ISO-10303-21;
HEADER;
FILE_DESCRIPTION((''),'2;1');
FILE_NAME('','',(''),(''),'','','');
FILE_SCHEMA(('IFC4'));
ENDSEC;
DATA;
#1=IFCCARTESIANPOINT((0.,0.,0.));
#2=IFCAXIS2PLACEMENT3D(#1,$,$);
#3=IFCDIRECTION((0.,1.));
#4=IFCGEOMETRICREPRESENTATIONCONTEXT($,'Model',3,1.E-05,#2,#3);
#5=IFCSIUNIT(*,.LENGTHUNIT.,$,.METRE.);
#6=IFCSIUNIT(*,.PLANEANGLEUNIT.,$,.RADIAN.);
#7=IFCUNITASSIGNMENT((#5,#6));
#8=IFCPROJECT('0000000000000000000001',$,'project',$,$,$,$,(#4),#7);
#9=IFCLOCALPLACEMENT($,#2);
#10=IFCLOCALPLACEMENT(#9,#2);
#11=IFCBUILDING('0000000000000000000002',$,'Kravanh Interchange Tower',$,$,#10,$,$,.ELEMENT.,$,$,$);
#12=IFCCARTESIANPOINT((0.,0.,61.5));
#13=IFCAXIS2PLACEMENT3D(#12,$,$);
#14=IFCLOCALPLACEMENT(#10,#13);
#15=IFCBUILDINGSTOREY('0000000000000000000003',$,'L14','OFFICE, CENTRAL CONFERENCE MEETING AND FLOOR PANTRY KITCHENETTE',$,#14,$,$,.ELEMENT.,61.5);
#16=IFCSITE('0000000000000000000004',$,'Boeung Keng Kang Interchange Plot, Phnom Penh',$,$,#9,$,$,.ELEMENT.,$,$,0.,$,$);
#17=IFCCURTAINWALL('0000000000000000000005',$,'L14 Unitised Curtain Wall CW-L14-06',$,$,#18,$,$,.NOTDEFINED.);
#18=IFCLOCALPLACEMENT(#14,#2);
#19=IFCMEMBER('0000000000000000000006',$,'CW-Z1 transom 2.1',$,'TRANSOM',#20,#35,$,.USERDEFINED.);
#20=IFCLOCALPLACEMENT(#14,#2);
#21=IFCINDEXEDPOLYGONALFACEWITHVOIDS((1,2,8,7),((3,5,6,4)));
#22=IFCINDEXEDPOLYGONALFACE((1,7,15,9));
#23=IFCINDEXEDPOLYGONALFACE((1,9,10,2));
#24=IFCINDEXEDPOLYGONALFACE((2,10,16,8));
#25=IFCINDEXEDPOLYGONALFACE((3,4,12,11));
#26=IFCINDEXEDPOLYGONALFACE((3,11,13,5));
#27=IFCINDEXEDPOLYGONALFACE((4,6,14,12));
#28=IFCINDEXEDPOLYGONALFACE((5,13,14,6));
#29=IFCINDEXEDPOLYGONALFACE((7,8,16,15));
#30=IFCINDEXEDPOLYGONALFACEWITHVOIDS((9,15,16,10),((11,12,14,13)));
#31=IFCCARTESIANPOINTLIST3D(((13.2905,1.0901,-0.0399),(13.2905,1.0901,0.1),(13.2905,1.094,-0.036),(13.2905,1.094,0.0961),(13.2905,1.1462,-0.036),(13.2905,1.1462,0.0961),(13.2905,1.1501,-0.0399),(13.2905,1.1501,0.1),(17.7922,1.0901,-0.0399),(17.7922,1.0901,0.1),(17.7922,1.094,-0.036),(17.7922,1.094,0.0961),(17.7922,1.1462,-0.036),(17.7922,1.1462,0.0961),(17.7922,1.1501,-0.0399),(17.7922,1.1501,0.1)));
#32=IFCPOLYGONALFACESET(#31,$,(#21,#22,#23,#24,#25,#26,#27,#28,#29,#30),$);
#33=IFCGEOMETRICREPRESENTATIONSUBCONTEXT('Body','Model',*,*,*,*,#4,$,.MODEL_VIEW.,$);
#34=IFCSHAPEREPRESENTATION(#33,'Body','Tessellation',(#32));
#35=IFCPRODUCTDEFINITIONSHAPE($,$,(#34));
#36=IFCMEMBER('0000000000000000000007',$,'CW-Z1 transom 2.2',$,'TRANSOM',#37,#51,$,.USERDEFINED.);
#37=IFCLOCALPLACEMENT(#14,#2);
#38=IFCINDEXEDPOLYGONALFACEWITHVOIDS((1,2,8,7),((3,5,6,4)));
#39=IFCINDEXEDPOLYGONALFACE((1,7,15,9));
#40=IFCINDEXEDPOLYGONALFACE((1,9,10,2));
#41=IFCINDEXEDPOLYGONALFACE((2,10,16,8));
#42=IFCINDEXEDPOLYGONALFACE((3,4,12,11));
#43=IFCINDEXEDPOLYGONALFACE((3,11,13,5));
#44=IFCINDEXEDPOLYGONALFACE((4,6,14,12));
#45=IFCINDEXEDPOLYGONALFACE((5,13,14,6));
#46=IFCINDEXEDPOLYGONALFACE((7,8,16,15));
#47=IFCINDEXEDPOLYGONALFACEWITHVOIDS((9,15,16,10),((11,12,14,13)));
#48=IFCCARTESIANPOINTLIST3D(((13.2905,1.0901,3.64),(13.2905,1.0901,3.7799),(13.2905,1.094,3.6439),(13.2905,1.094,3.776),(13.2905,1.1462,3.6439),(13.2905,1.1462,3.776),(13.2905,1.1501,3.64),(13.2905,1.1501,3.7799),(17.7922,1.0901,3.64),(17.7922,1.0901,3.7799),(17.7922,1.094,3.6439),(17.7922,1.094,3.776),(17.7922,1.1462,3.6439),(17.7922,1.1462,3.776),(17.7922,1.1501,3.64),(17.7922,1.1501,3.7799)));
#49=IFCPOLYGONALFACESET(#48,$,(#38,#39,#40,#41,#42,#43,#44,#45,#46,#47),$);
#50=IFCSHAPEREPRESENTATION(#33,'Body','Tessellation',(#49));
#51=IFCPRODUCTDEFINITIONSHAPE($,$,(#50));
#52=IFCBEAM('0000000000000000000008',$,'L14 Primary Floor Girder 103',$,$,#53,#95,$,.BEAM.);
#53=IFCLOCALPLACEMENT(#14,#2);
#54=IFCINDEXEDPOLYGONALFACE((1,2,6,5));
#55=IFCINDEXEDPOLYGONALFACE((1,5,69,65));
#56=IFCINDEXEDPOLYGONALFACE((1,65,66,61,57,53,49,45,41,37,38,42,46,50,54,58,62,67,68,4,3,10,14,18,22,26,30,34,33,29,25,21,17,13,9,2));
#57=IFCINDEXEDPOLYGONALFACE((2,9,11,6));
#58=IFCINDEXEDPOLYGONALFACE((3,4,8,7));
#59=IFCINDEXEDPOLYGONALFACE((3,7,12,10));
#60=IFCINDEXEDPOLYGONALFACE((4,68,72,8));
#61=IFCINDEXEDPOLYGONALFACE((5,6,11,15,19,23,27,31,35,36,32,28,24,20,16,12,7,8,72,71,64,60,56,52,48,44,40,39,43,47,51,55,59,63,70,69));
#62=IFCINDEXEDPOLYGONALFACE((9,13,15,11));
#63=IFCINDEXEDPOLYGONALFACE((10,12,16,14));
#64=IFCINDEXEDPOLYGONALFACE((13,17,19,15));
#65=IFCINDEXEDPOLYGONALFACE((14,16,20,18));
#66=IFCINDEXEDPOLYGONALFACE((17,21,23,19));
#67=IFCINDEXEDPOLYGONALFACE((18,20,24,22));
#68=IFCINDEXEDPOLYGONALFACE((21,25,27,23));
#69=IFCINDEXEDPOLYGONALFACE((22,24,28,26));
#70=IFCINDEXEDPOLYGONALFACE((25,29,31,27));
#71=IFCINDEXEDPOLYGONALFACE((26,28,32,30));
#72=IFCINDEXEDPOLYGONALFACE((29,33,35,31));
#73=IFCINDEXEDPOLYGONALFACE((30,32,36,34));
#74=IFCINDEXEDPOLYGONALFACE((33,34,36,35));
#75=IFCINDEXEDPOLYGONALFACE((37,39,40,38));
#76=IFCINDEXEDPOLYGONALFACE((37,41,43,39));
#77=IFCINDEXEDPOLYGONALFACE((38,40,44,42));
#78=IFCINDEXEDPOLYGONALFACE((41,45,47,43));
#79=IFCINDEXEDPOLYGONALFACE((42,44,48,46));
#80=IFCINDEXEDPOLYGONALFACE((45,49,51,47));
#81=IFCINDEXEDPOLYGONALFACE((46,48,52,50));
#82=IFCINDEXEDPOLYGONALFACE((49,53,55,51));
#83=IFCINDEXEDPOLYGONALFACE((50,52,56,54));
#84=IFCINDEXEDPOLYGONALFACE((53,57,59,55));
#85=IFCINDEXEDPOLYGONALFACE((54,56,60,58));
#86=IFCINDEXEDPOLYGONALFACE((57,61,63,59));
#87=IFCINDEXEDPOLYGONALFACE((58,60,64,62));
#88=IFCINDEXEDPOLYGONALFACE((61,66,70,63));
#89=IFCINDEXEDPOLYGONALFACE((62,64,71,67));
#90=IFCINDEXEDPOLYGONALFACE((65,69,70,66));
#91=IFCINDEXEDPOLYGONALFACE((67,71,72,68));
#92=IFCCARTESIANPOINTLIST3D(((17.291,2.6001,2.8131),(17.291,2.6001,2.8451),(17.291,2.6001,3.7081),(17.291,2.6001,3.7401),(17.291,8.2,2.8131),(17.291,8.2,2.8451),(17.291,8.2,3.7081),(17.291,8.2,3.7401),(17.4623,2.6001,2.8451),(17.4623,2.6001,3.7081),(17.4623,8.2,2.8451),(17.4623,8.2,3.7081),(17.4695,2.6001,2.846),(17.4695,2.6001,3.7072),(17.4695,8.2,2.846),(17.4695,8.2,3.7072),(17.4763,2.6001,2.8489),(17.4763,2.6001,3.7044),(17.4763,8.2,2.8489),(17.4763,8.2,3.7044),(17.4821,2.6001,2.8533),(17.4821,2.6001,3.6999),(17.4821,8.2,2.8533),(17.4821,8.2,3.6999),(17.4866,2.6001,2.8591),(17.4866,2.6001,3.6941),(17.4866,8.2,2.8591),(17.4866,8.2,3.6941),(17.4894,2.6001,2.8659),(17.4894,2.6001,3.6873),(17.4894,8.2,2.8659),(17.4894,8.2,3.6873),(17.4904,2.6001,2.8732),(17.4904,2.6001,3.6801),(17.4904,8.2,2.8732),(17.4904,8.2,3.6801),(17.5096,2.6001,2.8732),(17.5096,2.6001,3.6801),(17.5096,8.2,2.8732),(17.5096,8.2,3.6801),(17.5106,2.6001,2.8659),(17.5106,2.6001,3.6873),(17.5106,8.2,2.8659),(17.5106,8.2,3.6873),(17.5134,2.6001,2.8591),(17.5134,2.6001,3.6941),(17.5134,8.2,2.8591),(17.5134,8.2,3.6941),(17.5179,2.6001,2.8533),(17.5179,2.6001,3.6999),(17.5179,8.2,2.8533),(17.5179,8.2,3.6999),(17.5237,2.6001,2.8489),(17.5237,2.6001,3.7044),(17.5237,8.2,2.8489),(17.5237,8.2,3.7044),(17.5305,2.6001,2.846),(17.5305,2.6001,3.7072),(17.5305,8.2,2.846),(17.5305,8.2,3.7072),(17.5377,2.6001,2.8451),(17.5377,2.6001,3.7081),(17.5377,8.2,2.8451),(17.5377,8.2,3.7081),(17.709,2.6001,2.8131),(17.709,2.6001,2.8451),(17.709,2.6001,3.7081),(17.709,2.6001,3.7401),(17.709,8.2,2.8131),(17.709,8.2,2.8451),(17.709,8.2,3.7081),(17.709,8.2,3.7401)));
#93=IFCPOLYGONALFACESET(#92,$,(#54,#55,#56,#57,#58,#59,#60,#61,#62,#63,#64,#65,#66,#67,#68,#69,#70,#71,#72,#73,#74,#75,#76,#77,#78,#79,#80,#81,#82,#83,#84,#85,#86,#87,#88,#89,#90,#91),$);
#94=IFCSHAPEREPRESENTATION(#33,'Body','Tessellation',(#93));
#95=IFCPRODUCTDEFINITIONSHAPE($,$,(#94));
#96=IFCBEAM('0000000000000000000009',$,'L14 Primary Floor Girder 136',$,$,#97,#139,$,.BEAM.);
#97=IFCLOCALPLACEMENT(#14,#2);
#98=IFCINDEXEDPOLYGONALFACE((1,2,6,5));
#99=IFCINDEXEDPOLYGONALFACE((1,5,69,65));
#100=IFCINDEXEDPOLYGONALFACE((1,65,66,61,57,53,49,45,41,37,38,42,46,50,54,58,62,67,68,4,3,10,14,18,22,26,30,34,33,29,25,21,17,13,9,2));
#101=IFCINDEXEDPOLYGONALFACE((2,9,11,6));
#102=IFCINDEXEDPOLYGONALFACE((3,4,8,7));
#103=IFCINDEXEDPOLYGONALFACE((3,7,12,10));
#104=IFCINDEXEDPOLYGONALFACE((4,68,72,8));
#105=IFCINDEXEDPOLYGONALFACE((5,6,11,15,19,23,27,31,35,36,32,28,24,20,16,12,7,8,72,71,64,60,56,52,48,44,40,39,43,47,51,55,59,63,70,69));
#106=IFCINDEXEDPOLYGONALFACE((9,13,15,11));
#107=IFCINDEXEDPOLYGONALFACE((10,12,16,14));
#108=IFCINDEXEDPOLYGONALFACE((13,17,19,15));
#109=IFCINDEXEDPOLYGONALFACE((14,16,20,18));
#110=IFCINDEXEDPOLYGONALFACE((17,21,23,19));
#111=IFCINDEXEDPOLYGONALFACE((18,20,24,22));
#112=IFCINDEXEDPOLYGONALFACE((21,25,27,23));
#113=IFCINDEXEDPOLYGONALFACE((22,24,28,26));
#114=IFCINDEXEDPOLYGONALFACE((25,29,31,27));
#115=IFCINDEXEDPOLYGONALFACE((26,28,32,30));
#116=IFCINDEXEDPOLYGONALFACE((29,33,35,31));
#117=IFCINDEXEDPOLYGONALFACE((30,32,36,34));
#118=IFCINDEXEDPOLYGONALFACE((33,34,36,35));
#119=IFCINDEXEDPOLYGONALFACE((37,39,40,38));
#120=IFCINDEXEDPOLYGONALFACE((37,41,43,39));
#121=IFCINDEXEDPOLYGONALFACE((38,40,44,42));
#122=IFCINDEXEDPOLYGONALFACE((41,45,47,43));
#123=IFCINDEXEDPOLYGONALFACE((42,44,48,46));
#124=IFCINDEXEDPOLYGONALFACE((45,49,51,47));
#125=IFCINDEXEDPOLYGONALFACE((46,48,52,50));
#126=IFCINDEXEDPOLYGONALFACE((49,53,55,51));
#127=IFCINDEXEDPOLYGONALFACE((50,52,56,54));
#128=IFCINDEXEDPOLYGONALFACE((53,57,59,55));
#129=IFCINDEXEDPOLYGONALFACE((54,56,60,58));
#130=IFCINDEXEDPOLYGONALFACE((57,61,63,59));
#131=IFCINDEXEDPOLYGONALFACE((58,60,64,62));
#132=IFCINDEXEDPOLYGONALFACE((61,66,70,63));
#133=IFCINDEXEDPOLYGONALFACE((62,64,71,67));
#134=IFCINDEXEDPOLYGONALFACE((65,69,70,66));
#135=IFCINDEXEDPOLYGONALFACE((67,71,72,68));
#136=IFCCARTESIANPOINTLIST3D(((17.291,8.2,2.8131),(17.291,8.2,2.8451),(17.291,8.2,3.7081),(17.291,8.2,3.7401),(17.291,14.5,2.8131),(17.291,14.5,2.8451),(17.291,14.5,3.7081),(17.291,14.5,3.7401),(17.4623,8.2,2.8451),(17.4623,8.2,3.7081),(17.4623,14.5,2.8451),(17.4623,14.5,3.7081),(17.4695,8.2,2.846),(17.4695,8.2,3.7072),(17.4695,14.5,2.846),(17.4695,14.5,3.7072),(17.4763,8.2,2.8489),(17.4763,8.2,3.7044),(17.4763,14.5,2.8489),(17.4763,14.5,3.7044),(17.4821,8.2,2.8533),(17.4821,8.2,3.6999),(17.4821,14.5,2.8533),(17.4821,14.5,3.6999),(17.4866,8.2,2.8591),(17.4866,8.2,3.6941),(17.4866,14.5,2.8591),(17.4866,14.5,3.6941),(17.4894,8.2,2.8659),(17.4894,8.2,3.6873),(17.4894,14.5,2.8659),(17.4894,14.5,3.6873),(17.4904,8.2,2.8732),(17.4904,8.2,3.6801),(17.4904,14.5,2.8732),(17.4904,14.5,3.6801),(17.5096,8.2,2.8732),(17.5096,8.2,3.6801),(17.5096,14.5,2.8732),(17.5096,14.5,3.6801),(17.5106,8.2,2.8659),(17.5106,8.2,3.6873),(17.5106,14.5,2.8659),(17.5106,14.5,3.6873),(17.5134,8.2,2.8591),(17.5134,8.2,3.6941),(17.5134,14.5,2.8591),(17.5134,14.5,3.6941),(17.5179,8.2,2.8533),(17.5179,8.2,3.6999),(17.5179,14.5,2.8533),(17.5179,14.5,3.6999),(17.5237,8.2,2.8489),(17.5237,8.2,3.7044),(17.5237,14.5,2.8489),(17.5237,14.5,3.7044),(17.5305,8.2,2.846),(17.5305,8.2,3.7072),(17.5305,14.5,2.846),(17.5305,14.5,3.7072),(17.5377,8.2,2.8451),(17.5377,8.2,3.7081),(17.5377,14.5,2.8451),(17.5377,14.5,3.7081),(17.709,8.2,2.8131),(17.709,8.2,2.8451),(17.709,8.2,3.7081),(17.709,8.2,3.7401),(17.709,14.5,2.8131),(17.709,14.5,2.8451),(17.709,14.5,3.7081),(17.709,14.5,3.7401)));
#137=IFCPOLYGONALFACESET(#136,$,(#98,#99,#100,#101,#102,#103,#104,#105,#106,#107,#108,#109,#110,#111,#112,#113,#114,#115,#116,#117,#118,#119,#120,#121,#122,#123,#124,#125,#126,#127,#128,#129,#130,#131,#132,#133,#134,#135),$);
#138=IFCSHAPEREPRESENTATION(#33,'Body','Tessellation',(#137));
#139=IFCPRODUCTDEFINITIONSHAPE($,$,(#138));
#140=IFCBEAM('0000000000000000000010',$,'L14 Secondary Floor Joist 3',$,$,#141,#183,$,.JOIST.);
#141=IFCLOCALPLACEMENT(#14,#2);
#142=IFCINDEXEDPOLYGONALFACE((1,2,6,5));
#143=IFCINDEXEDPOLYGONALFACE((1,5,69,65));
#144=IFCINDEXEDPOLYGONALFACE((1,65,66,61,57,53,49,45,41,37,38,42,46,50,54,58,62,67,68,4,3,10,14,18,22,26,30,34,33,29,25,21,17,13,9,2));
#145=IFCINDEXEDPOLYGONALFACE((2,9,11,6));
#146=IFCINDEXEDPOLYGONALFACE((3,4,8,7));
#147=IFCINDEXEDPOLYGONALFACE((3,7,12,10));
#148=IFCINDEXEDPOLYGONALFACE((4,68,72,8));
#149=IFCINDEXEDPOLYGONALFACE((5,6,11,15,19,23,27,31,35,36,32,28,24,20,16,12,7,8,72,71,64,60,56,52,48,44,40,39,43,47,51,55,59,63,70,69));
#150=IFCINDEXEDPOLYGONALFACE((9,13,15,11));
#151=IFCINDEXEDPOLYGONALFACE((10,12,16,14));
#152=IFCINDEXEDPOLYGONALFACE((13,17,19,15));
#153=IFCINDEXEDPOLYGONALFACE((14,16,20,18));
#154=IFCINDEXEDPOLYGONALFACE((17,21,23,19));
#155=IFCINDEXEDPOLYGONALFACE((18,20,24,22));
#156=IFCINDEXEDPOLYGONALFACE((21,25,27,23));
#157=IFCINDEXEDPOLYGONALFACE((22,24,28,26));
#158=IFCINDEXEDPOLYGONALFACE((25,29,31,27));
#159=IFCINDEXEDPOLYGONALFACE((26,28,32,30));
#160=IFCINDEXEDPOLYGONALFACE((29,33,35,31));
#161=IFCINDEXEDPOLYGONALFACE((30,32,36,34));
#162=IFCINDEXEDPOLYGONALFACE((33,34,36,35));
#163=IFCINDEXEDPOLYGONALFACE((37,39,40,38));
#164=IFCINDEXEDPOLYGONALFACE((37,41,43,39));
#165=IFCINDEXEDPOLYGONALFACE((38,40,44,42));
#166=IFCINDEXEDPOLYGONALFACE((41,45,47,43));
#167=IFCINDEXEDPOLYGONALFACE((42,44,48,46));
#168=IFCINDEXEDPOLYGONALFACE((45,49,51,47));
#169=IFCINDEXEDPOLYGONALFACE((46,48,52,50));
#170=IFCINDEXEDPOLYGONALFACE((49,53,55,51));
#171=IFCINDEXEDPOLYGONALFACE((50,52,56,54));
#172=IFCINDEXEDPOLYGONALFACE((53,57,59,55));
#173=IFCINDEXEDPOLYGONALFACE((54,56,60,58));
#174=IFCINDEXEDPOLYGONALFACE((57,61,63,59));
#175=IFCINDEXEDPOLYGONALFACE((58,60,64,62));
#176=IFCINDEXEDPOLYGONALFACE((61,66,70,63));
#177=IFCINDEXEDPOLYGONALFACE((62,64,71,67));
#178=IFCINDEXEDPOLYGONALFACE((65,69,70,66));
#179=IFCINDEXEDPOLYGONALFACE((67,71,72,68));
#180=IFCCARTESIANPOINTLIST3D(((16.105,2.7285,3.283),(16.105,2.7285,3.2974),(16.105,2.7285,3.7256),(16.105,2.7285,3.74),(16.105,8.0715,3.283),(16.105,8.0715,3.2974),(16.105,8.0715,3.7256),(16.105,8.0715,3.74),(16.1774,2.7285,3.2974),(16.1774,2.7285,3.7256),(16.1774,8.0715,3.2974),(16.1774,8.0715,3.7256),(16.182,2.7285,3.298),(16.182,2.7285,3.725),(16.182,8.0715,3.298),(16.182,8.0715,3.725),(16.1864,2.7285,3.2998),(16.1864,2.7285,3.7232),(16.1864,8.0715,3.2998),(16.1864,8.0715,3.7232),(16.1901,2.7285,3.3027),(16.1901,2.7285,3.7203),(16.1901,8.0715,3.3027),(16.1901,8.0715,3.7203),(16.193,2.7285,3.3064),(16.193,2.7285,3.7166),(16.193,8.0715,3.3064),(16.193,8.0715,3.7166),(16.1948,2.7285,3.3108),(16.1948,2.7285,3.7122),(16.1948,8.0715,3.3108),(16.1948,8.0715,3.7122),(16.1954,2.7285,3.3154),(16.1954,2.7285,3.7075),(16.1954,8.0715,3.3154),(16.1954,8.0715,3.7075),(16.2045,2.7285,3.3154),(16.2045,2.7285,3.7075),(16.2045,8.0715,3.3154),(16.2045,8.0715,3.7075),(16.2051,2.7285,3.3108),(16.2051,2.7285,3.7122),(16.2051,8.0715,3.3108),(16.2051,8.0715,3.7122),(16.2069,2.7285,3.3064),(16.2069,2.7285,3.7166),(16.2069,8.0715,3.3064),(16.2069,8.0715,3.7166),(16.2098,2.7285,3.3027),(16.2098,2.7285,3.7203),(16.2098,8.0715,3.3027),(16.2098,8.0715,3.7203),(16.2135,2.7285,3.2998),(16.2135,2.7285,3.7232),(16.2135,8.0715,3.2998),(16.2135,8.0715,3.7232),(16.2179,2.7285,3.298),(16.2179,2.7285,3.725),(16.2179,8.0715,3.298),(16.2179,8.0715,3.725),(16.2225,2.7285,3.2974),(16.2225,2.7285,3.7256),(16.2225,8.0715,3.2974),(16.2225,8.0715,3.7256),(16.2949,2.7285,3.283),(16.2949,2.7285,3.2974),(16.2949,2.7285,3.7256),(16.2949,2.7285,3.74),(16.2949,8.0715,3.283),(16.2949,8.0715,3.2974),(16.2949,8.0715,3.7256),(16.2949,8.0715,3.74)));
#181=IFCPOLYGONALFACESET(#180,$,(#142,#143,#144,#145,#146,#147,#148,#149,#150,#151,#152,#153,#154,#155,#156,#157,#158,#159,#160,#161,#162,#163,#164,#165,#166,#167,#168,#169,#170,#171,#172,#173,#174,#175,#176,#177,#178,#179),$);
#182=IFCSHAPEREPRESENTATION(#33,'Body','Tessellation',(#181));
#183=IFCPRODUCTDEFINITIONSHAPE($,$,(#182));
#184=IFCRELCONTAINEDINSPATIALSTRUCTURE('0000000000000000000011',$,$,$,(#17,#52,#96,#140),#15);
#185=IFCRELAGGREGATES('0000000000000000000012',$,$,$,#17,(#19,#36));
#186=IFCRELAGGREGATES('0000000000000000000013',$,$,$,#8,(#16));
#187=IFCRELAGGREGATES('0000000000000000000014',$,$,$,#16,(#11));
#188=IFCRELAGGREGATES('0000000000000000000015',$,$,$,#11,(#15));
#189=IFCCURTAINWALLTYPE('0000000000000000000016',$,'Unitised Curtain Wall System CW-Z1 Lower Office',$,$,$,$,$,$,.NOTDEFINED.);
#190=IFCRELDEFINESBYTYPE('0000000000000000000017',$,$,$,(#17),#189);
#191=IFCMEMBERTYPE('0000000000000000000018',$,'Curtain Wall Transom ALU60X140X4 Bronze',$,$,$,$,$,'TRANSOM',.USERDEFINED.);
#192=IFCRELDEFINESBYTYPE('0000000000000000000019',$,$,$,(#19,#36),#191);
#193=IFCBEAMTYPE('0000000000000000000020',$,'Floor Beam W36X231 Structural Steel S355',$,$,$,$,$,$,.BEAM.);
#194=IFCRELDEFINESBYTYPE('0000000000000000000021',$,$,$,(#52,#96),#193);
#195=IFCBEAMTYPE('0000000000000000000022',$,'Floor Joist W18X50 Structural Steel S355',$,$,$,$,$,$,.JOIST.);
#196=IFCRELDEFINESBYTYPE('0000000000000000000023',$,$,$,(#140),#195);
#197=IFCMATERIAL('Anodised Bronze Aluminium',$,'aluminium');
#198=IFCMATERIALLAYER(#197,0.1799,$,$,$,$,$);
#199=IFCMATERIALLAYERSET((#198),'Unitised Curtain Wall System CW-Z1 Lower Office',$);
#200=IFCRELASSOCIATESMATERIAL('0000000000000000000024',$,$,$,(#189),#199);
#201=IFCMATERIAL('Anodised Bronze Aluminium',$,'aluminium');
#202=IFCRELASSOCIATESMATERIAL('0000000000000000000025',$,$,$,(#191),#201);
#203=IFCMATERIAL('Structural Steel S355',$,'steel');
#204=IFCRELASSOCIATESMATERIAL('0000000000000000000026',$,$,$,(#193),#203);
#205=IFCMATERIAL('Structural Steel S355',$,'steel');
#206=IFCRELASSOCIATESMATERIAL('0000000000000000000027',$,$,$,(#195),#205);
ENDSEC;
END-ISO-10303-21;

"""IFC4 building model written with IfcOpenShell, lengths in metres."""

from ifc_helpers import new_model, si_unit, direction, frame, origin, origin_2d, place, context, subcontext, project, spatial, hollow_rectangle, i_section, extrude, material, layer, layer_set, material_profile, profile_set, type_object, element, aggregate, save


model = new_model("IFC4")

# Units and contexts
model_context = context("Model", 3, precision=1e-05, world=origin(), true_north=direction((0.0, 1.0)))
body_context = subcontext(model_context, "Body", "Model", "MODEL_VIEW")
ifc_project = project(units=[si_unit("LENGTHUNIT", "METRE"), si_unit("PLANEANGLEUNIT", "RADIAN")], contexts=[model_context])

# Site, building, storey
site_placement = place(None, origin())
site = spatial("IfcSite", under=ifc_project, at=site_placement, Name="Boeung Keng Kang Interchange Plot, Phnom Penh", CompositionType="ELEMENT", RefElevation=0.0)
building_placement = place(site_placement, origin())
building = spatial("IfcBuilding", under=site, at=building_placement, Name="Kravanh Interchange Tower", CompositionType="ELEMENT")
storey_placement = place(building_placement, frame((0.0, 0.0, 61.5)))
storey = spatial("IfcBuildingStorey", under=building, at=storey_placement, Name="L14", Description="OFFICE, CENTRAL CONFERENCE MEETING AND FLOOR PANTRY KITCHENETTE", CompositionType="ELEMENT", Elevation=61.5)

# Curtain wall, members
ifc_material_1 = material(Name="Anodised Bronze Aluminium", Category="aluminium")
ifc_layer_1 = layer(ifc_material_1, 0.1799)
ifc_layer_set_1 = layer_set([ifc_layer_1], Name="Unitised Curtain Wall System CW-Z1 Lower Office")
curtain_wall_type = type_object("IfcCurtainWallType", Name="Unitised Curtain Wall System CW-Z1 Lower Office", PredefinedType="NOTDEFINED", material=ifc_layer_set_1)
curtain_wall_placement = place(storey_placement, origin())
curtain_wall = element("IfcCurtainWall", 1, at=curtain_wall_placement, inside=storey, type_object=curtain_wall_type, Name="L14 Unitised Curtain Wall CW-L14-06", PredefinedType="NOTDEFINED")
ifc_material_2 = material(Name="Anodised Bronze Aluminium", Category="aluminium")
ifc_material_profile_1 = material_profile(ifc_material_2, hollow_rectangle(XDim=0.0601, YDim=0.1399, WallThickness=0.0039, at=origin_2d()), Name="ALU60X140X4")
ifc_profile_set_1 = profile_set([ifc_material_profile_1], Name="Anodised Bronze Aluminium")
member_type_1 = type_object("IfcMemberType", Name="Curtain Wall Transom ALU60X140X4 Bronze", ElementType="TRANSOM", PredefinedType="USERDEFINED", material=ifc_profile_set_1)
member_1_placement = place(storey_placement, frame((17.7922, 1.1201, 0.03), z_axis=(-1.0, 0.0, 0.0), x_axis=(0.0, -1.0, 0.0)))
member_1 = element("IfcMember", 2, at=member_1_placement, type_object=member_type_1, Name="CW-Z1 transom 2.1", ObjectType="TRANSOM", PredefinedType="USERDEFINED", context=body_context, shape_type="SweptSolid", body=[
    extrude(hollow_rectangle(XDim=0.0601, YDim=0.1399, WallThickness=0.0039, at=origin_2d()), origin(), (0.0, 0.0, 1.0), 4.5017),
])
member_2_placement = place(storey_placement, frame((17.7922, 1.1201, 3.71), z_axis=(-1.0, 0.0, 0.0), x_axis=(0.0, -1.0, 0.0)))
member_2 = element("IfcMember", 3, at=member_2_placement, type_object=member_type_1, Name="CW-Z1 transom 2.2", ObjectType="TRANSOM", PredefinedType="USERDEFINED", context=body_context, shape_type="SweptSolid", body=[
    extrude(hollow_rectangle(XDim=0.0601, YDim=0.1399, WallThickness=0.0039, at=origin_2d()), origin(), (0.0, 0.0, 1.0), 4.5017),
])

# Beams
ifc_material_3 = material(Name="Structural Steel S355", Category="steel")
ifc_material_profile_2 = material_profile(ifc_material_3, i_section(OverallWidth=0.418, OverallDepth=0.927, WebThickness=0.0193, FlangeThickness=0.032, FilletRadius=0.0281, at=origin_2d()), Name="W36X231")
ifc_profile_set_2 = profile_set([ifc_material_profile_2], Name="Structural Steel S355")
beam_type_1 = type_object("IfcBeamType", Name="Floor Beam W36X231 Structural Steel S355", PredefinedType="BEAM", material=ifc_profile_set_2)
beam_1_placement = place(storey_placement, frame((17.5, 2.6001, 3.2766), z_axis=(0.0, 1.0, 0.0), x_axis=(-1.0, 0.0, 0.0)))
element("IfcBeam", 4, at=beam_1_placement, inside=storey, type_object=beam_type_1, Name="L14 Primary Floor Girder 103", PredefinedType="BEAM", context=body_context, shape_type="SweptSolid", body=[
    extrude(i_section(OverallWidth=0.418, OverallDepth=0.927, WebThickness=0.0193, FlangeThickness=0.032, FilletRadius=0.0281, at=origin_2d()), origin(), (0.0, 0.0, 1.0), 5.5999),
])
beam_2_placement = place(storey_placement, frame((17.5, 8.2, 3.2766), z_axis=(0.0, 1.0, 0.0), x_axis=(-1.0, 0.0, 0.0)))
element("IfcBeam", 5, at=beam_2_placement, inside=storey, type_object=beam_type_1, Name="L14 Primary Floor Girder 136", PredefinedType="BEAM", context=body_context, shape_type="SweptSolid", body=[
    extrude(i_section(OverallWidth=0.418, OverallDepth=0.927, WebThickness=0.0193, FlangeThickness=0.032, FilletRadius=0.0281, at=origin_2d()), origin(), (0.0, 0.0, 1.0), 6.3),
])
ifc_material_4 = material(Name="Structural Steel S355", Category="steel")
ifc_material_profile_3 = material_profile(ifc_material_4, i_section(OverallWidth=0.1899, OverallDepth=0.457, WebThickness=0.009, FlangeThickness=0.0144, FilletRadius=0.0181, at=origin_2d()), Name="W18X50")
ifc_profile_set_3 = profile_set([ifc_material_profile_3], Name="Structural Steel S355")
beam_type_2 = type_object("IfcBeamType", Name="Floor Joist W18X50 Structural Steel S355", PredefinedType="JOIST", material=ifc_profile_set_3)
for number, where, z_axis, x_axis, name in (
    (6, (16.2, 2.7285, 3.5115), (0.0, 1.0, 0.0), (-1.0, 0.0, 0.0), "L14 Secondary Floor Joist 3"),
):
    element("IfcBeam", number, at=place(storey_placement, frame(where, z_axis=z_axis, x_axis=x_axis)), inside=storey, type_object=beam_type_2, Name=name, PredefinedType="JOIST", context=body_context, shape_type="SweptSolid", body=[
        extrude(i_section(OverallWidth=0.1899, OverallDepth=0.457, WebThickness=0.009, FlangeThickness=0.0144, FilletRadius=0.0181, at=origin_2d()), origin(), (0.0, 0.0, 1.0), 5.343),
    ])

aggregate(curtain_wall, [member_1, member_2])

save(model, "model.ifc")
